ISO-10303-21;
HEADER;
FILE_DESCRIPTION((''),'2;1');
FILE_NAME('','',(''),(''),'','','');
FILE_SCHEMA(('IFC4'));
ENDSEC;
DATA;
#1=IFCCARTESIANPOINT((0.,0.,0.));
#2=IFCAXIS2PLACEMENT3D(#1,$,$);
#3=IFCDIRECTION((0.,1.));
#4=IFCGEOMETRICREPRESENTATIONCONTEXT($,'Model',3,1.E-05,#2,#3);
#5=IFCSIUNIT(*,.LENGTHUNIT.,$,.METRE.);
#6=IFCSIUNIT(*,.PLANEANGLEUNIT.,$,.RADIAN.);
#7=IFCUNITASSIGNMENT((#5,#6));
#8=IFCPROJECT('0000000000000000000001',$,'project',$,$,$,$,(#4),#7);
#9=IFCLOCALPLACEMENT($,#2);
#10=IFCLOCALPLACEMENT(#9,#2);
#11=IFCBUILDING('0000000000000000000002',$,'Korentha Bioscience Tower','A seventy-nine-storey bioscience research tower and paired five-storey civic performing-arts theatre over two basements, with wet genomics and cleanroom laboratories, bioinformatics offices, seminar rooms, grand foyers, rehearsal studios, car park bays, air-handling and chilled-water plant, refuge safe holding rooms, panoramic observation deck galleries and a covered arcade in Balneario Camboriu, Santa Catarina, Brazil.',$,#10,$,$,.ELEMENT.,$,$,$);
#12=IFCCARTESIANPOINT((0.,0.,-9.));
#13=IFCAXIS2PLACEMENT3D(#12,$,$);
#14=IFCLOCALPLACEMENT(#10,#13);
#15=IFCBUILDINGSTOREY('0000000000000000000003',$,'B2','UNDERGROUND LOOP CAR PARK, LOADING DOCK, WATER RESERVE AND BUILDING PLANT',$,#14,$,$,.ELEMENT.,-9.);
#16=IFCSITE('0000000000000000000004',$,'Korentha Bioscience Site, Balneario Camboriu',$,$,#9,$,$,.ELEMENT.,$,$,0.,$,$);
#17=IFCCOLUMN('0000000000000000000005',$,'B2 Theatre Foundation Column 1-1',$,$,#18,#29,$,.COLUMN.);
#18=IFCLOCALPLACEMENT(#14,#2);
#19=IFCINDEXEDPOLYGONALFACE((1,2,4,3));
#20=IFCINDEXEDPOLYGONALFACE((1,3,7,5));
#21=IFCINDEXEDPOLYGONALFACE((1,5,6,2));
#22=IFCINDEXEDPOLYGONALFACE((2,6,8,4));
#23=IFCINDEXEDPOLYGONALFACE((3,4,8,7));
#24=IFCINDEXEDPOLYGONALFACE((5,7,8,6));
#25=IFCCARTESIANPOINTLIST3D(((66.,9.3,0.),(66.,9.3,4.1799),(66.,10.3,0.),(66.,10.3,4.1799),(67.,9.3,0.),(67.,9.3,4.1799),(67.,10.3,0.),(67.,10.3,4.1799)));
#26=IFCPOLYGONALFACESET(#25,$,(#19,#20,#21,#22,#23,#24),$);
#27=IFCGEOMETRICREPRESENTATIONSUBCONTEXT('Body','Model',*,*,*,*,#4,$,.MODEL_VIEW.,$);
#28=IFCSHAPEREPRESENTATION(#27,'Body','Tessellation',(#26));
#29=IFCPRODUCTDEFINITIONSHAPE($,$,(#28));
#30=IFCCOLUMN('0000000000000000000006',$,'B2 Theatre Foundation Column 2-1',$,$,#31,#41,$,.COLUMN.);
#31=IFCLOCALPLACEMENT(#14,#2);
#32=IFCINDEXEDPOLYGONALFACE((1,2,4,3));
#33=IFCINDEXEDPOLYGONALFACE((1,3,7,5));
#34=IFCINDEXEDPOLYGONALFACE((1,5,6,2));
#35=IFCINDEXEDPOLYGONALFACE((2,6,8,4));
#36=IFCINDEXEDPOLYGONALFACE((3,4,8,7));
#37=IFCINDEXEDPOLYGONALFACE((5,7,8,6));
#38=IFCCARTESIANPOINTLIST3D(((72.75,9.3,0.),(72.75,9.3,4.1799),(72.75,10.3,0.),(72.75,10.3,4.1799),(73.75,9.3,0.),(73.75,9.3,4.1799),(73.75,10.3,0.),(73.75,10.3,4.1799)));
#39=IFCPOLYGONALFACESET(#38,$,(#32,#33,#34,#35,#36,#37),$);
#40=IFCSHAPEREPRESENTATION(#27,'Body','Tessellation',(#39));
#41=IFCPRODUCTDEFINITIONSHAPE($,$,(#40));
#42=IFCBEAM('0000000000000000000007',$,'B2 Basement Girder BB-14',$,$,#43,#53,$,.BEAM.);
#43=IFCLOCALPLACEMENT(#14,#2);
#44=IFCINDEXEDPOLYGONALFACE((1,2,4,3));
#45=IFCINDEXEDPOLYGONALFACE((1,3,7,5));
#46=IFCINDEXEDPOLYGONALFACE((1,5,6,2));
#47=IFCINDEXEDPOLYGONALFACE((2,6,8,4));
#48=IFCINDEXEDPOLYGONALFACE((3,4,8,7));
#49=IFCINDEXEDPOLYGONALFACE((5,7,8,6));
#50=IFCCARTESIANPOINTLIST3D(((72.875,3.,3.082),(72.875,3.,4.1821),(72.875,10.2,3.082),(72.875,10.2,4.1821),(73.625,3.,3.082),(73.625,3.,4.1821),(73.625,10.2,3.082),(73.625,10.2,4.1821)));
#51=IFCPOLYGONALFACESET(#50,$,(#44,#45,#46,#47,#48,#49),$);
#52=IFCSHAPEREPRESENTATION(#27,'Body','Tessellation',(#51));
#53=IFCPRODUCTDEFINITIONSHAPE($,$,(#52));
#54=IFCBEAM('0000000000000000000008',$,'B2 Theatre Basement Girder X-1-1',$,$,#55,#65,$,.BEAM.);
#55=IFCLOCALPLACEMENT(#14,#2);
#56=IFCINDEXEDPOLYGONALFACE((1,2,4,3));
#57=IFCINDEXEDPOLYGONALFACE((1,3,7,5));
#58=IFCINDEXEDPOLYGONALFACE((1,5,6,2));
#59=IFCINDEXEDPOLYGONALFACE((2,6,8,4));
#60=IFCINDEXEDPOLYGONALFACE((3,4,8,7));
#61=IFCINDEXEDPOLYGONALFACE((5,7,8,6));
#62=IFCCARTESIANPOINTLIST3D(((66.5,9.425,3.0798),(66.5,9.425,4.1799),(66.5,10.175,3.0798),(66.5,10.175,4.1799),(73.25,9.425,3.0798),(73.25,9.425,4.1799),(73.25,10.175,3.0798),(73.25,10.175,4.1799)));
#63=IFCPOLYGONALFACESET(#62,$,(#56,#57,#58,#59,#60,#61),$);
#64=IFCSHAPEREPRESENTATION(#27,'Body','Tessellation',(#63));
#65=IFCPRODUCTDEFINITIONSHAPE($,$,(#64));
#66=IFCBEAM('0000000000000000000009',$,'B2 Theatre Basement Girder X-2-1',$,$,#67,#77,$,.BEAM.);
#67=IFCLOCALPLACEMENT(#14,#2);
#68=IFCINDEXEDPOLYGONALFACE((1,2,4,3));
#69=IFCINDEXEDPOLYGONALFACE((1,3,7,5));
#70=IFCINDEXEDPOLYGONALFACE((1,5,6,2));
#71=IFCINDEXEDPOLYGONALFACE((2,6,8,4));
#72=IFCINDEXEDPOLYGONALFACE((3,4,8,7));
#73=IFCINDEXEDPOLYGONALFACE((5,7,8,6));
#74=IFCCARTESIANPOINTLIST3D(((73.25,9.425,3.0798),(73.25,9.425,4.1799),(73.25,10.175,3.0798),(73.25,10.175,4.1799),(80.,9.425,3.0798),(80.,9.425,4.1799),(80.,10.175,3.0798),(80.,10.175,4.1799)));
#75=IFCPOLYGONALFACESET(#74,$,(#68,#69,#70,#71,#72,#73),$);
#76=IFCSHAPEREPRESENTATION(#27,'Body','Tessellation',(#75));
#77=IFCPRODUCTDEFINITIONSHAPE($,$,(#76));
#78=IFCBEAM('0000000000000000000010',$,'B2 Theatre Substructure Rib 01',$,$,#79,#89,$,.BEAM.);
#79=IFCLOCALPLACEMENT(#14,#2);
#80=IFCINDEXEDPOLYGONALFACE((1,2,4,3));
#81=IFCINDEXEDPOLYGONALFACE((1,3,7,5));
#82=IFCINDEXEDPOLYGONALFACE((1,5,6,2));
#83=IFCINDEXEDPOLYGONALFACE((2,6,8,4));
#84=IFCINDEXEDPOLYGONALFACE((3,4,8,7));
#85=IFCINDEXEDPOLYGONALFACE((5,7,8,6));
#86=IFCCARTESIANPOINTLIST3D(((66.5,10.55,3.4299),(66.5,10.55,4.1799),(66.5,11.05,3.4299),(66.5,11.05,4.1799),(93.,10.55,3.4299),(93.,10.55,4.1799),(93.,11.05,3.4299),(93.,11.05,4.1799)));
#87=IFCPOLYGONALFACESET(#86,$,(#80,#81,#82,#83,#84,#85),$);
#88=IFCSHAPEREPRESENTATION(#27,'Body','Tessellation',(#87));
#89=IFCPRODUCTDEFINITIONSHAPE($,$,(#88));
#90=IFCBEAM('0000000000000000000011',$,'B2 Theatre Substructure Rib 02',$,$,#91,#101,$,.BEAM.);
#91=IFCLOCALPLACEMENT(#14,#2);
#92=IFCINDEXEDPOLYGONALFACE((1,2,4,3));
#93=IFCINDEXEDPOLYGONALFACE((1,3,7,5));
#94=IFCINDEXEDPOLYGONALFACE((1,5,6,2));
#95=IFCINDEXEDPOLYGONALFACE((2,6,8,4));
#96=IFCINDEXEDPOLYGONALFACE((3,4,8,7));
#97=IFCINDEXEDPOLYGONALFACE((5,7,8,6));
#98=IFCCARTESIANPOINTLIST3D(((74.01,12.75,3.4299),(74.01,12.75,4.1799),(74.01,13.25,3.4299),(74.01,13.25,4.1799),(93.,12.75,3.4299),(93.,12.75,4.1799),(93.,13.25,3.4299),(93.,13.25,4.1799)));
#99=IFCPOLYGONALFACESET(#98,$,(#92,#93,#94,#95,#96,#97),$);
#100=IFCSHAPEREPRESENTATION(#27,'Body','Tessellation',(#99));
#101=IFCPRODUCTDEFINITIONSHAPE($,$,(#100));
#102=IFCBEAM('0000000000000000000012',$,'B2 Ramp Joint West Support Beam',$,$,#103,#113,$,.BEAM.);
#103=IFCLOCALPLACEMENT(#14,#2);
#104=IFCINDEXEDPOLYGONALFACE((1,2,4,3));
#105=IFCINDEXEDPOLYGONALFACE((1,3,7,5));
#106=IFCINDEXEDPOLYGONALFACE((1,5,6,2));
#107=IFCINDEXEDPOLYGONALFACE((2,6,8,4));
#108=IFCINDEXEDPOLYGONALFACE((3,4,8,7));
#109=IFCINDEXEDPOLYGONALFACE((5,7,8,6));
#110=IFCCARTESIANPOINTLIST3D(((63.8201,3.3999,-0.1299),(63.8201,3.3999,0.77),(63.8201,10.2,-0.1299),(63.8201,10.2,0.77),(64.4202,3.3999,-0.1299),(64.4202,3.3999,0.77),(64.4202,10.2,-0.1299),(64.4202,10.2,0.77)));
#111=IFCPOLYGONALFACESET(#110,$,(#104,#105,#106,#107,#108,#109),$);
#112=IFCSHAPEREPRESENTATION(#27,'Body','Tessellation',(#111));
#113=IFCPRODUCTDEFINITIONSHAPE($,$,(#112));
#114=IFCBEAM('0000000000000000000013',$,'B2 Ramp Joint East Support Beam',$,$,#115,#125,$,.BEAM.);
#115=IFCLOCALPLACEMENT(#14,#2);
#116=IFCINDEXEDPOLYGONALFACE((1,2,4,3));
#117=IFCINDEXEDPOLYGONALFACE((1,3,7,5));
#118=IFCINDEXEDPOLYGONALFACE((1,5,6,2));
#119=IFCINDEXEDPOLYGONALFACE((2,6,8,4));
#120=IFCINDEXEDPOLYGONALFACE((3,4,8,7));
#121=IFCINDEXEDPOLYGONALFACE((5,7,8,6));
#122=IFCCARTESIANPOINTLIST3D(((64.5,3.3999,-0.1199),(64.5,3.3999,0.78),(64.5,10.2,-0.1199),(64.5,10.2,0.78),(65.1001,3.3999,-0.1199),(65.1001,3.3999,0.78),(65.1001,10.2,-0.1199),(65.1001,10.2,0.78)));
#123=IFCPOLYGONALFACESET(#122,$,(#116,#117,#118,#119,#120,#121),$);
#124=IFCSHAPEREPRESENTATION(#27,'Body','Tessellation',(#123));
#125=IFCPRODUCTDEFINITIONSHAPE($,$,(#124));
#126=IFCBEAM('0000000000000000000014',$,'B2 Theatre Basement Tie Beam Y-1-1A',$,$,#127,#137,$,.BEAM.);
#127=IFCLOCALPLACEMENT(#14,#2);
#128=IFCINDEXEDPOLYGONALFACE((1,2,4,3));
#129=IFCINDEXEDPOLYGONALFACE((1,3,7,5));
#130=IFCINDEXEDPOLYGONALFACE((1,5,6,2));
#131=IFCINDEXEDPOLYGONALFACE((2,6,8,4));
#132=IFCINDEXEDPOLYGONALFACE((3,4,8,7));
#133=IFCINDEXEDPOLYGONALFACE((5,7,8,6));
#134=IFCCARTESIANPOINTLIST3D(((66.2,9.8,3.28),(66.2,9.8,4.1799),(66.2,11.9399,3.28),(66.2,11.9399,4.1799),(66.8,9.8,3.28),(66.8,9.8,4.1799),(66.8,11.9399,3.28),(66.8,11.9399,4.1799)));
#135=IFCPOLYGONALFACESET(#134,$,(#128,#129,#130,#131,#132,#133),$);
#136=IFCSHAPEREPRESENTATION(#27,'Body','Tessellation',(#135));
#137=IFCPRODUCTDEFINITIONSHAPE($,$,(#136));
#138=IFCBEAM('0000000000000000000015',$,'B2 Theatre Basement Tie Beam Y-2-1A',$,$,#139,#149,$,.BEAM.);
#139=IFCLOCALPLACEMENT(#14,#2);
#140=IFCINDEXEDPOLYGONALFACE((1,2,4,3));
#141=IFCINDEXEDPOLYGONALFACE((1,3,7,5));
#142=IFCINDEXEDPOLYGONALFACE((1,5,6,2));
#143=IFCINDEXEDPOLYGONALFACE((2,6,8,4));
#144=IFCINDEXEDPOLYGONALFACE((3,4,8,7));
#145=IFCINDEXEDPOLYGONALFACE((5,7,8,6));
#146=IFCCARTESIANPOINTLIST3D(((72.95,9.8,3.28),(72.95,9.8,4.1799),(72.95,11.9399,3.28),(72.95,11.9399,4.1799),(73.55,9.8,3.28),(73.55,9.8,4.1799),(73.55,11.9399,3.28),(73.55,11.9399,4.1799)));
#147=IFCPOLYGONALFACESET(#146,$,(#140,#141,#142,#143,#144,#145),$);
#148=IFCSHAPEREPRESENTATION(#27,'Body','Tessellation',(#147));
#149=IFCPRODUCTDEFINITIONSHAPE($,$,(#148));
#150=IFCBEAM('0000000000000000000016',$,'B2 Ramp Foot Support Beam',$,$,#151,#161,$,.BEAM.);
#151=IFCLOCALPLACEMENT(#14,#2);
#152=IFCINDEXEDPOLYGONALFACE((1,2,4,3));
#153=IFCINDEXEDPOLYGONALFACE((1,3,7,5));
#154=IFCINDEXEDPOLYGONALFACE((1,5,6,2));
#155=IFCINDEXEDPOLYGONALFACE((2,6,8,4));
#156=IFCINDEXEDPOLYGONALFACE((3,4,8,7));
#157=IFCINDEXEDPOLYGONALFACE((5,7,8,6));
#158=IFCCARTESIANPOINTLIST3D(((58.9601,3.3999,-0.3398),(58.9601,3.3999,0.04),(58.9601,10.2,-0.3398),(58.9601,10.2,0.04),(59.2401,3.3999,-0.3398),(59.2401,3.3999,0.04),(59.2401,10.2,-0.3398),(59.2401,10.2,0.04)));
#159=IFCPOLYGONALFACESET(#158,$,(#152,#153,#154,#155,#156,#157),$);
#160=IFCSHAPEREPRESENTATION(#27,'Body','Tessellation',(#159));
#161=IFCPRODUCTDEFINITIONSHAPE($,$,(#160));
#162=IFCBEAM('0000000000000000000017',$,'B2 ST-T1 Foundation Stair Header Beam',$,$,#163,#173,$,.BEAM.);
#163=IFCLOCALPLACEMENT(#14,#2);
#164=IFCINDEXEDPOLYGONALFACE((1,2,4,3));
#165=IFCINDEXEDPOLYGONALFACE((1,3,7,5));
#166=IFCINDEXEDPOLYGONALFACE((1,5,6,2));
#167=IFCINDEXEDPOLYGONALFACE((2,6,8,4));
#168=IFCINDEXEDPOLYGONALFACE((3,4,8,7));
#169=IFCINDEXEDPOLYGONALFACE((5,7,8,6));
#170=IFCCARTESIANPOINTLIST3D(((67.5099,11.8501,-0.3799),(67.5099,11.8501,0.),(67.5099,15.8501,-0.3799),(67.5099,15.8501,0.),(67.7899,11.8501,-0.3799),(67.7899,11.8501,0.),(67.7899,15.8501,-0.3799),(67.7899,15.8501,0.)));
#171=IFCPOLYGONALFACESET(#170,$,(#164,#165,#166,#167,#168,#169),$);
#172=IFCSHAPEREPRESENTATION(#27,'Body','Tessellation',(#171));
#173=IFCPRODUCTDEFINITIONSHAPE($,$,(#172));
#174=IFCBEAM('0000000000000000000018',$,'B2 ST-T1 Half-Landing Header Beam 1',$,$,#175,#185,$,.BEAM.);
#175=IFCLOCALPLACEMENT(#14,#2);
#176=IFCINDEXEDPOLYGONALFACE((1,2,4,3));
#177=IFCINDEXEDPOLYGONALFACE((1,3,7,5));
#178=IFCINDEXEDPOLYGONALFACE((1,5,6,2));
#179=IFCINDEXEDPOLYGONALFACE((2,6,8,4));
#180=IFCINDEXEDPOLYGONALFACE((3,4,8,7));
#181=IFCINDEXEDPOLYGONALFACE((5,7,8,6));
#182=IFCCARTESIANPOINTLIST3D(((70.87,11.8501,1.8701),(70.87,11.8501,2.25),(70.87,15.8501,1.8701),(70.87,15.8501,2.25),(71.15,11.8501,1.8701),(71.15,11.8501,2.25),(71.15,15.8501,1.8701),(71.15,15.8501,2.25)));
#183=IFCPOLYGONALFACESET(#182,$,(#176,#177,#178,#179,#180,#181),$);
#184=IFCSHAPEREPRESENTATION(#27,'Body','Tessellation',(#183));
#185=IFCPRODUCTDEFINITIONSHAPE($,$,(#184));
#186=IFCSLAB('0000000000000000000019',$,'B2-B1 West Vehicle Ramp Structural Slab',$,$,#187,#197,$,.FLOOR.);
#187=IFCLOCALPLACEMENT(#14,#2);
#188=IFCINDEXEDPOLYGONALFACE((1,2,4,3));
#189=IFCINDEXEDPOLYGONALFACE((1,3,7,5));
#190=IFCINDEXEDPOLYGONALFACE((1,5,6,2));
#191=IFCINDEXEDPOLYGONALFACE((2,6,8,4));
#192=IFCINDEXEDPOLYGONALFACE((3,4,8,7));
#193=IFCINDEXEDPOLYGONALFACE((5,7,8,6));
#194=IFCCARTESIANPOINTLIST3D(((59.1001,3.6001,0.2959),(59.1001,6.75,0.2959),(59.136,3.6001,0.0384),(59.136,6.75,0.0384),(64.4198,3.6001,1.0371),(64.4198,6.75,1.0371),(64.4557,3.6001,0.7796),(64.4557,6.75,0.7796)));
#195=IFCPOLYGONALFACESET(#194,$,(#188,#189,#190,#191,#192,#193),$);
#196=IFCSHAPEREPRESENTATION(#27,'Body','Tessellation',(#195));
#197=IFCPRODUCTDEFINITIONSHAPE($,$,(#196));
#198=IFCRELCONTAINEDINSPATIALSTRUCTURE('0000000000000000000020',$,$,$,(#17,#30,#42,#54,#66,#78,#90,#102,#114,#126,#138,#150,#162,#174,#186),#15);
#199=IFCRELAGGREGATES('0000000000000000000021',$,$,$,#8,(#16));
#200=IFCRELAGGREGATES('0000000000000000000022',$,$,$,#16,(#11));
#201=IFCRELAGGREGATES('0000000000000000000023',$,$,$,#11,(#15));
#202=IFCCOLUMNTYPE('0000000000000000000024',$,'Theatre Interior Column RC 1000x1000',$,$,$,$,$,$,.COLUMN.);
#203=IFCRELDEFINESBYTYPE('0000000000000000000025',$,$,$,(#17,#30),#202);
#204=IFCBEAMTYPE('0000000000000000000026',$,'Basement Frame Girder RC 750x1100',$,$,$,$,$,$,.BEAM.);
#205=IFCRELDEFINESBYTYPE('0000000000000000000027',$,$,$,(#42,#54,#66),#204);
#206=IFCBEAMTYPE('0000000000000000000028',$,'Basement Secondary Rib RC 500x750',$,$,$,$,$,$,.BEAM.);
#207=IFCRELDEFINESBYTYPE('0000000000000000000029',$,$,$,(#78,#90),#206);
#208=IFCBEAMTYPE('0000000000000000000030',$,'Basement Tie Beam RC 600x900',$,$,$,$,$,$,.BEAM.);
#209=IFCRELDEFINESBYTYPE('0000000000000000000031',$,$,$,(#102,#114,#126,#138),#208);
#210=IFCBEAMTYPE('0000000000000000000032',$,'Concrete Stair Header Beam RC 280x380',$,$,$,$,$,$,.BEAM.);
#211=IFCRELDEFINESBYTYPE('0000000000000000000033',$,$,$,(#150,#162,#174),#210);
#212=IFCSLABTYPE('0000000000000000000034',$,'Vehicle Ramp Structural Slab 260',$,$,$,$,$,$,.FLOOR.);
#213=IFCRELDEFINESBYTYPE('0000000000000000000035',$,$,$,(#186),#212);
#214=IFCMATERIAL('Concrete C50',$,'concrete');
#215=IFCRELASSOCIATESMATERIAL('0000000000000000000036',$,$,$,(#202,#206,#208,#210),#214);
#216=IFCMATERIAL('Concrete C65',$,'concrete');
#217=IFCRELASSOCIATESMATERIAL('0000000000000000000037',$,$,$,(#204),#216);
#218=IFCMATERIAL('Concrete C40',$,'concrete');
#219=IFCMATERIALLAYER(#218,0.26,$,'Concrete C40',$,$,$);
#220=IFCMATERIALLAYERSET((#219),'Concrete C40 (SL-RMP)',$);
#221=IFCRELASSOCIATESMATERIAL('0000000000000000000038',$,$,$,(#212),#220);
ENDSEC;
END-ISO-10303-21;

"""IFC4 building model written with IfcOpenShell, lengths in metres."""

from ifc_helpers import new_model, si_unit, direction, frame, origin, origin_2d, place, context, subcontext, project, spatial, polyline, rectangle, outline, extrude, material, layer, layer_set, material_profile, profile_set, type_object, element, save


model = new_model("IFC4")

# Units and contexts
model_context = context("Model", 3, precision=1e-05, world=origin(), true_north=direction((0.0, 1.0)))
body_context = subcontext(model_context, "Body", "Model", "MODEL_VIEW")
ifc_project = project(units=[si_unit("LENGTHUNIT", "METRE"), si_unit("PLANEANGLEUNIT", "RADIAN")], contexts=[model_context])

# Site, building, storey
site_placement = place(None, origin())
site = spatial("IfcSite", under=ifc_project, at=site_placement, Name="Korentha Bioscience Site, Balneario Camboriu", CompositionType="ELEMENT", RefElevation=0.0)
building_placement = place(site_placement, origin())
building = spatial("IfcBuilding", under=site, at=building_placement, Name="Korentha Bioscience Tower", Description="A seventy-nine-storey bioscience research tower and paired five-storey civic performing-arts theatre over two basements, with wet genomics and cleanroom laboratories, bioinformatics offices, seminar rooms, grand foyers, rehearsal studios, car park bays, air-handling and chilled-water plant, refuge safe holding rooms, panoramic observation deck galleries and a covered arcade in Balneario Camboriu, Santa Catarina, Brazil.", CompositionType="ELEMENT")
storey_placement = place(building_placement, frame((0.0, 0.0, -9.0)))
storey = spatial("IfcBuildingStorey", under=building, at=storey_placement, Name="B2", Description="UNDERGROUND LOOP CAR PARK, LOADING DOCK, WATER RESERVE AND BUILDING PLANT", CompositionType="ELEMENT", Elevation=-9.0)

# Shared definitions
ifc_material_1 = material(Name="Concrete C50", Category="concrete")

# Columns
ifc_material_2 = material(Name="Concrete C65", Category="concrete")
ifc_material_profile_1 = material_profile(ifc_material_1, rectangle(XDim=1.0, YDim=1.0, at=origin_2d()), Name="Concrete C50")
ifc_profile_set_1 = profile_set([ifc_material_profile_1], Name="Concrete C50 (TC-I01)")
column_type_1 = type_object("IfcColumnType", Name="Theatre Interior Column RC 1000x1000", PredefinedType="COLUMN", material=ifc_profile_set_1)
for number, where, z_axis, x_axis, name in (
    (1, (66.5, 9.8, 0.0), (0.0, 0.0, 1.0), (1.0, 0.0, 0.0), "B2 Theatre Foundation Column 1-1"),
    (2, (73.25, 9.8, 0.0), (0.0, 0.0, 1.0), (1.0, 0.0, 0.0), "B2 Theatre Foundation Column 2-1"),
):
    element("IfcColumn", number, at=place(storey_placement, frame(where, z_axis=z_axis, x_axis=x_axis)), inside=storey, type_object=column_type_1, Name=name, PredefinedType="COLUMN", context=body_context, shape_type="SweptSolid", body=[
        extrude(rectangle(XDim=1.0, YDim=1.0, at=origin_2d()), origin(), (0.0, 0.0, 1.0), 4.1799),
    ])

# Beams
ifc_material_profile_2 = material_profile(ifc_material_2, rectangle(XDim=0.75, YDim=1.1001, at=origin_2d()), Name="Concrete C65")
ifc_profile_set_2 = profile_set([ifc_material_profile_2], Name="Concrete C65 (BB-750)")
beam_type_1 = type_object("IfcBeamType", Name="Basement Frame Girder RC 750x1100", PredefinedType="BEAM", material=ifc_profile_set_2)
beam_1_placement = place(storey_placement, frame((73.25, 3.0, 3.6321), z_axis=(0.0, 1.0, 0.0), x_axis=(-1.0, 0.0, 0.0)))
element("IfcBeam", 3, at=beam_1_placement, inside=storey, type_object=beam_type_1, Name="B2 Basement Girder BB-14", PredefinedType="BEAM", context=body_context, shape_type="SweptSolid", body=[
    extrude(rectangle(XDim=0.75, YDim=1.1001, at=origin_2d()), origin(), (0.0, 0.0, 1.0), 7.2),
])
for number, where, z_axis, x_axis, name in (
    (4, (66.5, 9.8, 3.6299), (1.0, 0.0, 0.0), (0.0, 1.0, 0.0), "B2 Theatre Basement Girder X-1-1"),
    (5, (73.25, 9.8, 3.6299), (1.0, 0.0, 0.0), (0.0, 1.0, 0.0), "B2 Theatre Basement Girder X-2-1"),
):
    element("IfcBeam", number, at=place(storey_placement, frame(where, z_axis=z_axis, x_axis=x_axis)), inside=storey, type_object=beam_type_1, Name=name, PredefinedType="BEAM", context=body_context, shape_type="SweptSolid", body=[
        extrude(rectangle(XDim=0.75, YDim=1.1001, at=origin_2d()), origin(), (0.0, 0.0, 1.0), 6.75),
    ])
ifc_material_profile_3 = material_profile(ifc_material_1, rectangle(XDim=0.5, YDim=0.75, at=origin_2d()), Name="Concrete C50")
ifc_profile_set_3 = profile_set([ifc_material_profile_3], Name="Concrete C50 (BB-500)")
beam_type_2 = type_object("IfcBeamType", Name="Basement Secondary Rib RC 500x750", PredefinedType="BEAM", material=ifc_profile_set_3)
beam_2_placement = place(storey_placement, frame((66.5, 10.8, 3.8049), z_axis=(1.0, 0.0, 0.0), x_axis=(0.0, 1.0, 0.0)))
element("IfcBeam", 6, at=beam_2_placement, inside=storey, type_object=beam_type_2, Name="B2 Theatre Substructure Rib 01", PredefinedType="BEAM", context=body_context, shape_type="SweptSolid", body=[
    extrude(rectangle(XDim=0.5, YDim=0.75, at=origin_2d()), origin(), (0.0, 0.0, 1.0), 26.5),
])
beam_3_placement = place(storey_placement, frame((74.01, 13.0, 3.8049), z_axis=(1.0, 0.0, 0.0), x_axis=(0.0, 1.0, 0.0)))
element("IfcBeam", 7, at=beam_3_placement, inside=storey, type_object=beam_type_2, Name="B2 Theatre Substructure Rib 02", PredefinedType="BEAM", context=body_context, shape_type="SweptSolid", body=[
    extrude(rectangle(XDim=0.5, YDim=0.75, at=origin_2d()), origin(), (0.0, 0.0, 1.0), 18.99),
])
ifc_material_profile_4 = material_profile(ifc_material_1, rectangle(XDim=0.6001, YDim=0.8999, at=origin_2d()), Name="Concrete C50")
ifc_profile_set_4 = profile_set([ifc_material_profile_4], Name="Concrete C50 (BB-600)")
beam_type_3 = type_object("IfcBeamType", Name="Basement Tie Beam RC 600x900", PredefinedType="BEAM", material=ifc_profile_set_4)
for number, where, z_axis, x_axis, name in (
    (8, (64.1201, 3.3999, 0.3201), (0.0, 1.0, 0.0), (-1.0, 0.0, 0.0), "B2 Ramp Joint West Support Beam"),
    (9, (64.8, 3.3999, 0.3301), (0.0, 1.0, 0.0), (-1.0, 0.0, 0.0), "B2 Ramp Joint East Support Beam"),
):
    element("IfcBeam", number, at=place(storey_placement, frame(where, z_axis=z_axis, x_axis=x_axis)), inside=storey, type_object=beam_type_3, Name=name, PredefinedType="BEAM", context=body_context, shape_type="SweptSolid", body=[
        extrude(rectangle(XDim=0.6001, YDim=0.8999, at=origin_2d()), origin(), (0.0, 0.0, 1.0), 6.8),
    ])
for number, where, z_axis, x_axis, name in (
    (10, (66.5, 9.8, 3.73), (0.0, 1.0, 0.0), (-1.0, 0.0, 0.0), "B2 Theatre Basement Tie Beam Y-1-1A"),
    (11, (73.25, 9.8, 3.73), (0.0, 1.0, 0.0), (-1.0, 0.0, 0.0), "B2 Theatre Basement Tie Beam Y-2-1A"),
):
    element("IfcBeam", number, at=place(storey_placement, frame(where, z_axis=z_axis, x_axis=x_axis)), inside=storey, type_object=beam_type_3, Name=name, PredefinedType="BEAM", context=body_context, shape_type="SweptSolid", body=[
        extrude(rectangle(XDim=0.6001, YDim=0.8999, at=origin_2d()), origin(), (0.0, 0.0, 1.0), 2.1399),
    ])
ifc_material_profile_5 = material_profile(ifc_material_1, rectangle(XDim=0.28, YDim=0.3799, at=origin_2d()), Name="Concrete C50")
ifc_profile_set_5 = profile_set([ifc_material_profile_5], Name="Concrete C50 (ST-HB380)")
beam_type_4 = type_object("IfcBeamType", Name="Concrete Stair Header Beam RC 280x380", PredefinedType="BEAM", material=ifc_profile_set_5)
beam_4_placement = place(storey_placement, frame((59.1001, 3.3999, -0.1499), z_axis=(0.0, 1.0, 0.0), x_axis=(-1.0, 0.0, 0.0)))
element("IfcBeam", 12, at=beam_4_placement, inside=storey, type_object=beam_type_4, Name="B2 Ramp Foot Support Beam", PredefinedType="BEAM", context=body_context, shape_type="SweptSolid", body=[
    extrude(rectangle(XDim=0.28, YDim=0.3799, at=origin_2d()), origin(), (0.0, 0.0, 1.0), 6.8),
])
for number, where, z_axis, x_axis, name in (
    (13, (67.6499, 11.8501, -0.1899), (0.0, 1.0, 0.0), (-1.0, 0.0, 0.0), "B2 ST-T1 Foundation Stair Header Beam"),
    (14, (71.01, 11.8501, 2.0601), (0.0, 1.0, 0.0), (-1.0, 0.0, 0.0), "B2 ST-T1 Half-Landing Header Beam 1"),
):
    element("IfcBeam", number, at=place(storey_placement, frame(where, z_axis=z_axis, x_axis=x_axis)), inside=storey, type_object=beam_type_4, Name=name, PredefinedType="BEAM", context=body_context, shape_type="SweptSolid", body=[
        extrude(rectangle(XDim=0.28, YDim=0.3799, at=origin_2d()), origin(), (0.0, 0.0, 1.0), 4.0),
    ])

# Slab
ifc_material_3 = material(Name="Concrete C40", Category="concrete")
ifc_layer_1 = layer(ifc_material_3, 0.26, Name="Concrete C40")
ifc_layer_set_1 = layer_set([ifc_layer_1], Name="Concrete C40 (SL-RMP)")
slab_type = type_object("IfcSlabType", Name="Vehicle Ramp Structural Slab 260", PredefinedType="FLOOR", material=ifc_layer_set_1)
slab_1_placement = place(storey_placement, frame((59.1001, 3.6001, 0.2959), z_axis=(-0.137997, 0.0, 0.990433), x_axis=(0.990433, 0.0, 0.137997)))
element("IfcSlab", 15, at=slab_1_placement, inside=storey, type_object=slab_type, Name="B2-B1 West Vehicle Ramp Structural Slab", PredefinedType="FLOOR", context=body_context, shape_type="SweptSolid", body=[
    extrude(outline(polyline([(0.0, 0.0), (5.3711, 0.0), (5.3711, 3.1499), (0.0, 3.1499), (0.0, 0.0)])), origin(), (0.0, 0.0, -1.0), 0.26),
])

save(model, "model.ifc")
